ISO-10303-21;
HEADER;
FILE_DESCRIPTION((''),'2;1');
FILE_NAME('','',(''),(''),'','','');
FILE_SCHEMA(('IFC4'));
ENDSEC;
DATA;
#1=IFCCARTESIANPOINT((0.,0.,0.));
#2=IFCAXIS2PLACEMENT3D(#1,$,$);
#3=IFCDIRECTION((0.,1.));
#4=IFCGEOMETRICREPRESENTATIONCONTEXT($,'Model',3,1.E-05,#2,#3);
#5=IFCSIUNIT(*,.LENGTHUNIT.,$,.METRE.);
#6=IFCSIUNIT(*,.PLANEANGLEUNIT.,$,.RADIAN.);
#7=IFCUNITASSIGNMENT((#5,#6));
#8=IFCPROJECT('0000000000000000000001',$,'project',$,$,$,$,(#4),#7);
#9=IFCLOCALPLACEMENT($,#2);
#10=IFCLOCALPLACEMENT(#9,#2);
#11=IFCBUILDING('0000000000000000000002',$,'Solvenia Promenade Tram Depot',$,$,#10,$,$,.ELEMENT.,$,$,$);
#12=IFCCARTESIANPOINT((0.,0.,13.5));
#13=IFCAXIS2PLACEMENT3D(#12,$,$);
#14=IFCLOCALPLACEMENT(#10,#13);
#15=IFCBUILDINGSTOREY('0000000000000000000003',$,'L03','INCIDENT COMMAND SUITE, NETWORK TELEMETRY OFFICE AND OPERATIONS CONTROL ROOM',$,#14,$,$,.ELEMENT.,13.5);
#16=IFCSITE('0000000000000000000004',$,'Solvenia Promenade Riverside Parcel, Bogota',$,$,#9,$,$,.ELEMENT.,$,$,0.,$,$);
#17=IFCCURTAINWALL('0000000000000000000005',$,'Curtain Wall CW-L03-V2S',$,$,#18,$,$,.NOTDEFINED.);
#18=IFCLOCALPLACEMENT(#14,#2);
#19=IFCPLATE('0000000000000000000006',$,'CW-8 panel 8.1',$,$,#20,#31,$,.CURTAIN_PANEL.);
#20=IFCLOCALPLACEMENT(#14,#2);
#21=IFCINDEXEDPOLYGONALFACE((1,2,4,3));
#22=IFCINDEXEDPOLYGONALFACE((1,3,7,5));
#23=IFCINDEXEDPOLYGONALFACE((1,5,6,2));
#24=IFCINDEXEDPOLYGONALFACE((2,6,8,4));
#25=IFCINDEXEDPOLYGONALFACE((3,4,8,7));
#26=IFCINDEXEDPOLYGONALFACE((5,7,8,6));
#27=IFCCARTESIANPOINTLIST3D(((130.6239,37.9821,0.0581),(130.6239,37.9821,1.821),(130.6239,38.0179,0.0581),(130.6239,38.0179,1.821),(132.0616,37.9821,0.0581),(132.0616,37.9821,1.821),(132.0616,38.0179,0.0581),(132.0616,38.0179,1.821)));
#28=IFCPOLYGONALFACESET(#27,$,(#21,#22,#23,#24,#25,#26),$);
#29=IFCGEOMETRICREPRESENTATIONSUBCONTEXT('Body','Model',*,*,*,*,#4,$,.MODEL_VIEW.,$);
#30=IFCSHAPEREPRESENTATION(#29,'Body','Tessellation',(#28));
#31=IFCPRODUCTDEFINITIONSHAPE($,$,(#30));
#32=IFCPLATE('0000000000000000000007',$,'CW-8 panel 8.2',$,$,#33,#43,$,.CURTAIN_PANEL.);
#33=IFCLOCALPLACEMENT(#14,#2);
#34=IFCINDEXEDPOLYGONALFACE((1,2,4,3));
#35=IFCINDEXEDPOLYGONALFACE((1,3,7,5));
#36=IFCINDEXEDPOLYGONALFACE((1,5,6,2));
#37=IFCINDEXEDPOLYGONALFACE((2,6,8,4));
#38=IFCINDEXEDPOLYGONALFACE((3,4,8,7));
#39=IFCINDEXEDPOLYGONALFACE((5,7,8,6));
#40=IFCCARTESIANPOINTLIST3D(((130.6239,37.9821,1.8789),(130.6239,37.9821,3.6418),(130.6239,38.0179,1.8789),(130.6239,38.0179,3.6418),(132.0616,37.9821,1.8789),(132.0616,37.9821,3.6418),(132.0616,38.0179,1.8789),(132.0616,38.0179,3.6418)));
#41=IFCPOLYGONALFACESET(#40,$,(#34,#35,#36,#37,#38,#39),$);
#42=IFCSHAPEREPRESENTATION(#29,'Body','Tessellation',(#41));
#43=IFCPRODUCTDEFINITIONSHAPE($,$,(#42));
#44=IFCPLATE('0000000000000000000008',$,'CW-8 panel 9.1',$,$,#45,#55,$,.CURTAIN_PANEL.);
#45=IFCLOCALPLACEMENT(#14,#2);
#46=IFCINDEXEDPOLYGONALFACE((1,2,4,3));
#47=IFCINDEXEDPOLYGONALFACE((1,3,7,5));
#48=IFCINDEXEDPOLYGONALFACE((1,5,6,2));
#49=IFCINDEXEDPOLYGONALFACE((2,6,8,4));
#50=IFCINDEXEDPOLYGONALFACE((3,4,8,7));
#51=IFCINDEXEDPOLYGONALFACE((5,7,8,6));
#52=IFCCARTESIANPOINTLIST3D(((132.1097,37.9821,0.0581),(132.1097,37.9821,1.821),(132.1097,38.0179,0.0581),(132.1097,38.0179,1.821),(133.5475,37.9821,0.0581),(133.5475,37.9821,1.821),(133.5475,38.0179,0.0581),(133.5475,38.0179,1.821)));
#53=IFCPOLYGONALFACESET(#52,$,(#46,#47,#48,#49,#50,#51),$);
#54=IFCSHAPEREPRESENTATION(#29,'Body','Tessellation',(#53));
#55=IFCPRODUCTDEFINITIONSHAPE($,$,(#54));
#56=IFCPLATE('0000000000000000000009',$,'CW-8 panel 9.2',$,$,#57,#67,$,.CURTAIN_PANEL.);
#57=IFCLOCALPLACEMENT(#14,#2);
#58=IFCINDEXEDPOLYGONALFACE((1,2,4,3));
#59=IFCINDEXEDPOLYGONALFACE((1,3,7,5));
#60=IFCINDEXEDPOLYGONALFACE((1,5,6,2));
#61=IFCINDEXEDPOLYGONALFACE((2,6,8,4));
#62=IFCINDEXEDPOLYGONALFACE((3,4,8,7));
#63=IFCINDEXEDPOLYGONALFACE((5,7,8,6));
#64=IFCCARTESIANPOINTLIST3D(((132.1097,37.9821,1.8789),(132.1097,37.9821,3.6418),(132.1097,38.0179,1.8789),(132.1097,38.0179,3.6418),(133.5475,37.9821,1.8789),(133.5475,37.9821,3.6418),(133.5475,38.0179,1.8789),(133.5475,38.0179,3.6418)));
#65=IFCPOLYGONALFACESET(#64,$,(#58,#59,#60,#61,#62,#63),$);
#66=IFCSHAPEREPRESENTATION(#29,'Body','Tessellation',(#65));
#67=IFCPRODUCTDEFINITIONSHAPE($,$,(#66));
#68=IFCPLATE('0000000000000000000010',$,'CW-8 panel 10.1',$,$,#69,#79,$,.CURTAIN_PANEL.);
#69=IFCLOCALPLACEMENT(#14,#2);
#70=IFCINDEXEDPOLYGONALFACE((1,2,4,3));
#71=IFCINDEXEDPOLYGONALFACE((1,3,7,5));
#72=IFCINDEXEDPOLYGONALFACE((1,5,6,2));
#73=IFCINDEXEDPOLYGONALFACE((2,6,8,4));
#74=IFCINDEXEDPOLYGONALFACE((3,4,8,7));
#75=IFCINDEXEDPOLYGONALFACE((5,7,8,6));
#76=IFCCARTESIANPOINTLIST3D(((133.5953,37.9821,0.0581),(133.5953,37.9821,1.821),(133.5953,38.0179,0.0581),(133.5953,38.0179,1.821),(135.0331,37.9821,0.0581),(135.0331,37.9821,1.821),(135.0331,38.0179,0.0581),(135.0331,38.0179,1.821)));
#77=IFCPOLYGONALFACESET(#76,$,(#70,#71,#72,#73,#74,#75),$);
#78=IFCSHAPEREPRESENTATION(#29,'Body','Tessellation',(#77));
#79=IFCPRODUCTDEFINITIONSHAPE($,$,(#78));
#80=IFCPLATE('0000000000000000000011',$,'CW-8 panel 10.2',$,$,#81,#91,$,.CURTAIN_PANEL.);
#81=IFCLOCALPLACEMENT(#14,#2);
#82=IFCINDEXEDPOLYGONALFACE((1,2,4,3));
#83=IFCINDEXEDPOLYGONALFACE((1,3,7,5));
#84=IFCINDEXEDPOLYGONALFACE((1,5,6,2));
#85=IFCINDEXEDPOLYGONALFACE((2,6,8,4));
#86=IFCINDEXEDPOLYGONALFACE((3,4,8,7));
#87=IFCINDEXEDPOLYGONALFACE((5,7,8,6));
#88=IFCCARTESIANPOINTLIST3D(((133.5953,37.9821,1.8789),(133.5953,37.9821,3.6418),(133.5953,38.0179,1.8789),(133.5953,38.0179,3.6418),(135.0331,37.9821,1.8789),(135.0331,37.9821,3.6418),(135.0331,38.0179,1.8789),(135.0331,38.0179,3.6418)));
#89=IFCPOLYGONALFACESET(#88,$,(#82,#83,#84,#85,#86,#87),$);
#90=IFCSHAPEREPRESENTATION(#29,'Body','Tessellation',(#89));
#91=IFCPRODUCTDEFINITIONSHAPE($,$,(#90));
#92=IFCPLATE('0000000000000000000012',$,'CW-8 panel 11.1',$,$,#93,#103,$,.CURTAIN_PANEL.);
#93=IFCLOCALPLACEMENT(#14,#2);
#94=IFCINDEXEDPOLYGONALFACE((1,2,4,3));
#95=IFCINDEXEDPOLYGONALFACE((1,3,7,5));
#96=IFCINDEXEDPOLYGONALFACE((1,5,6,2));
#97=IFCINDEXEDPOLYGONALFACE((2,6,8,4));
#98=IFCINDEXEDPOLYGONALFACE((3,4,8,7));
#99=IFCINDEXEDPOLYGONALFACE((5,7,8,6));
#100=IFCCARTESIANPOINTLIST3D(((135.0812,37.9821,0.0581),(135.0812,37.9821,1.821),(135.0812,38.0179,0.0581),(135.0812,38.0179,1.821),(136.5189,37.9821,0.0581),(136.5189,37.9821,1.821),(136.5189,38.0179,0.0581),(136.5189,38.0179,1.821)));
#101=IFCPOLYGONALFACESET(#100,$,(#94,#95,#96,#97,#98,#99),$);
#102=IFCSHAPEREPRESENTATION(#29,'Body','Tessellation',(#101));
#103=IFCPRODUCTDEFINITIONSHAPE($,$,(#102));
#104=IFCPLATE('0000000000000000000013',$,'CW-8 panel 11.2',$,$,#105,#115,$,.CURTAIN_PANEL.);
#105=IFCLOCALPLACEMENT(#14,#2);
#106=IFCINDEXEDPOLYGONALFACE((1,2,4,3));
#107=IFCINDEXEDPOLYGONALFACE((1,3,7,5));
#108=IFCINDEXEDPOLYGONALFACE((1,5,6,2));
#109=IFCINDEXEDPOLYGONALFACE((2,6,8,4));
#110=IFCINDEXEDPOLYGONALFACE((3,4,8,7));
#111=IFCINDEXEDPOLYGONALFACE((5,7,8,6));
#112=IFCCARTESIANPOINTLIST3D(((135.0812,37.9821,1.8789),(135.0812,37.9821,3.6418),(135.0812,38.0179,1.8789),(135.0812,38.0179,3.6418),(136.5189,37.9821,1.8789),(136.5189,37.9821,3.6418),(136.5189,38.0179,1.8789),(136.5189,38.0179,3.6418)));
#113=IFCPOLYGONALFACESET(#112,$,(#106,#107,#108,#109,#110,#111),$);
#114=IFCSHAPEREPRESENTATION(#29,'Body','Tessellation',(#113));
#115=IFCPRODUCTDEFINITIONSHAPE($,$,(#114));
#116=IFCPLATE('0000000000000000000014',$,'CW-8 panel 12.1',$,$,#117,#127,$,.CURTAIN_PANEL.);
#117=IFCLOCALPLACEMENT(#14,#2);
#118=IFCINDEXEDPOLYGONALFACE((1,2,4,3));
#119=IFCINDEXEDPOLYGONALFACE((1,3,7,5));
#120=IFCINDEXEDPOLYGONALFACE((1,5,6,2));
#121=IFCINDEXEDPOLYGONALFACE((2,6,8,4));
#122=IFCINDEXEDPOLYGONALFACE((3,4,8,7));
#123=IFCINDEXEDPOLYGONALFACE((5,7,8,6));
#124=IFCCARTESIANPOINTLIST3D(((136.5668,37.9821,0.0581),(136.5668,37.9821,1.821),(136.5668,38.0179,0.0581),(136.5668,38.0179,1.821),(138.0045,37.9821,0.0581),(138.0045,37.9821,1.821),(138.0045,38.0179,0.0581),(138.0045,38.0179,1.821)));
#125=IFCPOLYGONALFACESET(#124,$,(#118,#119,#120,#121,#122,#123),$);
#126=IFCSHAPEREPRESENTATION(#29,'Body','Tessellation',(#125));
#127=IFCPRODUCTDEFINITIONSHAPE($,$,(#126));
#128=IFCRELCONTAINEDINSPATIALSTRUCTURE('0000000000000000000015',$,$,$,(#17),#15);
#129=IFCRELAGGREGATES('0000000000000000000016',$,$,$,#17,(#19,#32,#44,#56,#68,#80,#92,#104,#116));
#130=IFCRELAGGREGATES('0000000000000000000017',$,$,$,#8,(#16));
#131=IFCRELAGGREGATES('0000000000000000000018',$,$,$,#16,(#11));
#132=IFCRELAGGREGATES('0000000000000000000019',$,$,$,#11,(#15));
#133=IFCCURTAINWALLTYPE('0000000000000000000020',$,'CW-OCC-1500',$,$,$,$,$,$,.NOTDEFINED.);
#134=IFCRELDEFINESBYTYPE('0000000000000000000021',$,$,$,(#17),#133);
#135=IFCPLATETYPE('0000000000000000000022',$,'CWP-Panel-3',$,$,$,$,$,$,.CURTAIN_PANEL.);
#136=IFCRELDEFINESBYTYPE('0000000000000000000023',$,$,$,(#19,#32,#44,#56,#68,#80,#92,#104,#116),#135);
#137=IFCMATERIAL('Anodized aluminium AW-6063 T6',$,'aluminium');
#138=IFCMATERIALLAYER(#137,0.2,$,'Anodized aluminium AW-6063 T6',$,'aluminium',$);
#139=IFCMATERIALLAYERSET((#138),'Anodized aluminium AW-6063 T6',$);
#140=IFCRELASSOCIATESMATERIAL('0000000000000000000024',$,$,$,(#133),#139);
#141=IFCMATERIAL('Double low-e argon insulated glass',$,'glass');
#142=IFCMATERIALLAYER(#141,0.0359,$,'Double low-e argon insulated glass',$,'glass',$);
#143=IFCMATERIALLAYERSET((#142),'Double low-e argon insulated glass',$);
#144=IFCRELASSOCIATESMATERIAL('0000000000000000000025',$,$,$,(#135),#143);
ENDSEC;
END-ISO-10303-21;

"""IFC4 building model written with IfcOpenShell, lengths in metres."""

from ifc_helpers import new_model, si_unit, direction, frame, origin, origin_2d, place, context, subcontext, project, spatial, rectangle, extrude, material, layer, layer_set, type_object, element, aggregate, save


model = new_model("IFC4")

# Units and contexts
model_context = context("Model", 3, precision=1e-05, world=origin(), true_north=direction((0.0, 1.0)))
body_context = subcontext(model_context, "Body", "Model", "MODEL_VIEW")
ifc_project = project(units=[si_unit("LENGTHUNIT", "METRE"), si_unit("PLANEANGLEUNIT", "RADIAN")], contexts=[model_context])

# Site, building, storey
site_placement = place(None, origin())
site = spatial("IfcSite", under=ifc_project, at=site_placement, Name="Solvenia Promenade Riverside Parcel, Bogota", CompositionType="ELEMENT", RefElevation=0.0)
building_placement = place(site_placement, origin())
building = spatial("IfcBuilding", under=site, at=building_placement, Name="Solvenia Promenade Tram Depot", CompositionType="ELEMENT")
storey_placement = place(building_placement, frame((0.0, 0.0, 13.5)))
storey = spatial("IfcBuildingStorey", under=building, at=storey_placement, Name="L03", Description="INCIDENT COMMAND SUITE, NETWORK TELEMETRY OFFICE AND OPERATIONS CONTROL ROOM", CompositionType="ELEMENT", Elevation=13.5)

# Curtain wall
ifc_material_1 = material(Name="Anodized aluminium AW-6063 T6", Category="aluminium")
ifc_layer_1 = layer(ifc_material_1, 0.2, Name="Anodized aluminium AW-6063 T6", Category="aluminium")
ifc_layer_set_1 = layer_set([ifc_layer_1], Name="Anodized aluminium AW-6063 T6")
curtain_wall_type = type_object("IfcCurtainWallType", Name="CW-OCC-1500", PredefinedType="NOTDEFINED", material=ifc_layer_set_1)
curtain_wall_placement = place(storey_placement, origin())
curtain_wall = element("IfcCurtainWall", 1, at=curtain_wall_placement, inside=storey, type_object=curtain_wall_type, Name="Curtain Wall CW-L03-V2S", PredefinedType="NOTDEFINED")

# Plates
ifc_material_2 = material(Name="Double low-e argon insulated glass", Category="glass")
ifc_layer_2 = layer(ifc_material_2, 0.0359, Name="Double low-e argon insulated glass", Category="glass")
ifc_layer_set_2 = layer_set([ifc_layer_2], Name="Double low-e argon insulated glass")
plate_type = type_object("IfcPlateType", Name="CWP-Panel-3", PredefinedType="CURTAIN_PANEL", material=ifc_layer_set_2)
plate_1_placement = place(storey_placement, frame((131.3428, 38.0, 0.0581), z_axis=(0.0, 0.0, 1.0), x_axis=(1.0, 0.0, 0.0)))
plate_1 = element("IfcPlate", 2, at=plate_1_placement, type_object=plate_type, Name="CW-8 panel 8.1", PredefinedType="CURTAIN_PANEL", context=body_context, shape_type="SweptSolid", body=[
    extrude(rectangle(XDim=1.4377, YDim=0.0359, at=origin_2d()), origin(), (0.0, 0.0, 1.0), 1.7629),
])
plate_2_placement = place(storey_placement, frame((131.3428, 38.0, 1.8789), z_axis=(0.0, 0.0, 1.0), x_axis=(1.0, 0.0, 0.0)))
plate_2 = element("IfcPlate", 3, at=plate_2_placement, type_object=plate_type, Name="CW-8 panel 8.2", PredefinedType="CURTAIN_PANEL", context=body_context, shape_type="SweptSolid", body=[
    extrude(rectangle(XDim=1.4377, YDim=0.0359, at=origin_2d()), origin(), (0.0, 0.0, 1.0), 1.7629),
])
plate_3_placement = place(storey_placement, frame((132.8286, 38.0, 0.0581), z_axis=(0.0, 0.0, 1.0), x_axis=(1.0, 0.0, 0.0)))
plate_3 = element("IfcPlate", 4, at=plate_3_placement, type_object=plate_type, Name="CW-8 panel 9.1", PredefinedType="CURTAIN_PANEL", context=body_context, shape_type="SweptSolid", body=[
    extrude(rectangle(XDim=1.4377, YDim=0.0359, at=origin_2d()), origin(), (0.0, 0.0, 1.0), 1.7629),
])
plate_4_placement = place(storey_placement, frame((132.8286, 38.0, 1.8789), z_axis=(0.0, 0.0, 1.0), x_axis=(1.0, 0.0, 0.0)))
plate_4 = element("IfcPlate", 5, at=plate_4_placement, type_object=plate_type, Name="CW-8 panel 9.2", PredefinedType="CURTAIN_PANEL", context=body_context, shape_type="SweptSolid", body=[
    extrude(rectangle(XDim=1.4377, YDim=0.0359, at=origin_2d()), origin(), (0.0, 0.0, 1.0), 1.7629),
])
plate_5_placement = place(storey_placement, frame((134.3142, 38.0, 0.0581), z_axis=(0.0, 0.0, 1.0), x_axis=(1.0, 0.0, 0.0)))
plate_5 = element("IfcPlate", 6, at=plate_5_placement, type_object=plate_type, Name="CW-8 panel 10.1", PredefinedType="CURTAIN_PANEL", context=body_context, shape_type="SweptSolid", body=[
    extrude(rectangle(XDim=1.4377, YDim=0.0359, at=origin_2d()), origin(), (0.0, 0.0, 1.0), 1.7629),
])
plate_6_placement = place(storey_placement, frame((134.3142, 38.0, 1.8789), z_axis=(0.0, 0.0, 1.0), x_axis=(1.0, 0.0, 0.0)))
plate_6 = element("IfcPlate", 7, at=plate_6_placement, type_object=plate_type, Name="CW-8 panel 10.2", PredefinedType="CURTAIN_PANEL", context=body_context, shape_type="SweptSolid", body=[
    extrude(rectangle(XDim=1.4377, YDim=0.0359, at=origin_2d()), origin(), (0.0, 0.0, 1.0), 1.7629),
])
plate_7_placement = place(storey_placement, frame((135.8, 38.0, 0.0581), z_axis=(0.0, 0.0, 1.0), x_axis=(1.0, 0.0, 0.0)))
plate_7 = element("IfcPlate", 8, at=plate_7_placement, type_object=plate_type, Name="CW-8 panel 11.1", PredefinedType="CURTAIN_PANEL", context=body_context, shape_type="SweptSolid", body=[
    extrude(rectangle(XDim=1.4377, YDim=0.0359, at=origin_2d()), origin(), (0.0, 0.0, 1.0), 1.7629),
])
plate_8_placement = place(storey_placement, frame((135.8, 38.0, 1.8789), z_axis=(0.0, 0.0, 1.0), x_axis=(1.0, 0.0, 0.0)))
plate_8 = element("IfcPlate", 9, at=plate_8_placement, type_object=plate_type, Name="CW-8 panel 11.2", PredefinedType="CURTAIN_PANEL", context=body_context, shape_type="SweptSolid", body=[
    extrude(rectangle(XDim=1.4377, YDim=0.0359, at=origin_2d()), origin(), (0.0, 0.0, 1.0), 1.7629),
])
plate_9_placement = place(storey_placement, frame((137.2856, 38.0, 0.0581), z_axis=(0.0, 0.0, 1.0), x_axis=(1.0, 0.0, 0.0)))
plate_9 = element("IfcPlate", 10, at=plate_9_placement, type_object=plate_type, Name="CW-8 panel 12.1", PredefinedType="CURTAIN_PANEL", context=body_context, shape_type="SweptSolid", body=[
    extrude(rectangle(XDim=1.4377, YDim=0.0359, at=origin_2d()), origin(), (0.0, 0.0, 1.0), 1.7629),
])
aggregate(curtain_wall, [plate_1, plate_2, plate_3, plate_4, plate_5, plate_6, plate_7, plate_8, plate_9])

save(model, "model.ifc")
